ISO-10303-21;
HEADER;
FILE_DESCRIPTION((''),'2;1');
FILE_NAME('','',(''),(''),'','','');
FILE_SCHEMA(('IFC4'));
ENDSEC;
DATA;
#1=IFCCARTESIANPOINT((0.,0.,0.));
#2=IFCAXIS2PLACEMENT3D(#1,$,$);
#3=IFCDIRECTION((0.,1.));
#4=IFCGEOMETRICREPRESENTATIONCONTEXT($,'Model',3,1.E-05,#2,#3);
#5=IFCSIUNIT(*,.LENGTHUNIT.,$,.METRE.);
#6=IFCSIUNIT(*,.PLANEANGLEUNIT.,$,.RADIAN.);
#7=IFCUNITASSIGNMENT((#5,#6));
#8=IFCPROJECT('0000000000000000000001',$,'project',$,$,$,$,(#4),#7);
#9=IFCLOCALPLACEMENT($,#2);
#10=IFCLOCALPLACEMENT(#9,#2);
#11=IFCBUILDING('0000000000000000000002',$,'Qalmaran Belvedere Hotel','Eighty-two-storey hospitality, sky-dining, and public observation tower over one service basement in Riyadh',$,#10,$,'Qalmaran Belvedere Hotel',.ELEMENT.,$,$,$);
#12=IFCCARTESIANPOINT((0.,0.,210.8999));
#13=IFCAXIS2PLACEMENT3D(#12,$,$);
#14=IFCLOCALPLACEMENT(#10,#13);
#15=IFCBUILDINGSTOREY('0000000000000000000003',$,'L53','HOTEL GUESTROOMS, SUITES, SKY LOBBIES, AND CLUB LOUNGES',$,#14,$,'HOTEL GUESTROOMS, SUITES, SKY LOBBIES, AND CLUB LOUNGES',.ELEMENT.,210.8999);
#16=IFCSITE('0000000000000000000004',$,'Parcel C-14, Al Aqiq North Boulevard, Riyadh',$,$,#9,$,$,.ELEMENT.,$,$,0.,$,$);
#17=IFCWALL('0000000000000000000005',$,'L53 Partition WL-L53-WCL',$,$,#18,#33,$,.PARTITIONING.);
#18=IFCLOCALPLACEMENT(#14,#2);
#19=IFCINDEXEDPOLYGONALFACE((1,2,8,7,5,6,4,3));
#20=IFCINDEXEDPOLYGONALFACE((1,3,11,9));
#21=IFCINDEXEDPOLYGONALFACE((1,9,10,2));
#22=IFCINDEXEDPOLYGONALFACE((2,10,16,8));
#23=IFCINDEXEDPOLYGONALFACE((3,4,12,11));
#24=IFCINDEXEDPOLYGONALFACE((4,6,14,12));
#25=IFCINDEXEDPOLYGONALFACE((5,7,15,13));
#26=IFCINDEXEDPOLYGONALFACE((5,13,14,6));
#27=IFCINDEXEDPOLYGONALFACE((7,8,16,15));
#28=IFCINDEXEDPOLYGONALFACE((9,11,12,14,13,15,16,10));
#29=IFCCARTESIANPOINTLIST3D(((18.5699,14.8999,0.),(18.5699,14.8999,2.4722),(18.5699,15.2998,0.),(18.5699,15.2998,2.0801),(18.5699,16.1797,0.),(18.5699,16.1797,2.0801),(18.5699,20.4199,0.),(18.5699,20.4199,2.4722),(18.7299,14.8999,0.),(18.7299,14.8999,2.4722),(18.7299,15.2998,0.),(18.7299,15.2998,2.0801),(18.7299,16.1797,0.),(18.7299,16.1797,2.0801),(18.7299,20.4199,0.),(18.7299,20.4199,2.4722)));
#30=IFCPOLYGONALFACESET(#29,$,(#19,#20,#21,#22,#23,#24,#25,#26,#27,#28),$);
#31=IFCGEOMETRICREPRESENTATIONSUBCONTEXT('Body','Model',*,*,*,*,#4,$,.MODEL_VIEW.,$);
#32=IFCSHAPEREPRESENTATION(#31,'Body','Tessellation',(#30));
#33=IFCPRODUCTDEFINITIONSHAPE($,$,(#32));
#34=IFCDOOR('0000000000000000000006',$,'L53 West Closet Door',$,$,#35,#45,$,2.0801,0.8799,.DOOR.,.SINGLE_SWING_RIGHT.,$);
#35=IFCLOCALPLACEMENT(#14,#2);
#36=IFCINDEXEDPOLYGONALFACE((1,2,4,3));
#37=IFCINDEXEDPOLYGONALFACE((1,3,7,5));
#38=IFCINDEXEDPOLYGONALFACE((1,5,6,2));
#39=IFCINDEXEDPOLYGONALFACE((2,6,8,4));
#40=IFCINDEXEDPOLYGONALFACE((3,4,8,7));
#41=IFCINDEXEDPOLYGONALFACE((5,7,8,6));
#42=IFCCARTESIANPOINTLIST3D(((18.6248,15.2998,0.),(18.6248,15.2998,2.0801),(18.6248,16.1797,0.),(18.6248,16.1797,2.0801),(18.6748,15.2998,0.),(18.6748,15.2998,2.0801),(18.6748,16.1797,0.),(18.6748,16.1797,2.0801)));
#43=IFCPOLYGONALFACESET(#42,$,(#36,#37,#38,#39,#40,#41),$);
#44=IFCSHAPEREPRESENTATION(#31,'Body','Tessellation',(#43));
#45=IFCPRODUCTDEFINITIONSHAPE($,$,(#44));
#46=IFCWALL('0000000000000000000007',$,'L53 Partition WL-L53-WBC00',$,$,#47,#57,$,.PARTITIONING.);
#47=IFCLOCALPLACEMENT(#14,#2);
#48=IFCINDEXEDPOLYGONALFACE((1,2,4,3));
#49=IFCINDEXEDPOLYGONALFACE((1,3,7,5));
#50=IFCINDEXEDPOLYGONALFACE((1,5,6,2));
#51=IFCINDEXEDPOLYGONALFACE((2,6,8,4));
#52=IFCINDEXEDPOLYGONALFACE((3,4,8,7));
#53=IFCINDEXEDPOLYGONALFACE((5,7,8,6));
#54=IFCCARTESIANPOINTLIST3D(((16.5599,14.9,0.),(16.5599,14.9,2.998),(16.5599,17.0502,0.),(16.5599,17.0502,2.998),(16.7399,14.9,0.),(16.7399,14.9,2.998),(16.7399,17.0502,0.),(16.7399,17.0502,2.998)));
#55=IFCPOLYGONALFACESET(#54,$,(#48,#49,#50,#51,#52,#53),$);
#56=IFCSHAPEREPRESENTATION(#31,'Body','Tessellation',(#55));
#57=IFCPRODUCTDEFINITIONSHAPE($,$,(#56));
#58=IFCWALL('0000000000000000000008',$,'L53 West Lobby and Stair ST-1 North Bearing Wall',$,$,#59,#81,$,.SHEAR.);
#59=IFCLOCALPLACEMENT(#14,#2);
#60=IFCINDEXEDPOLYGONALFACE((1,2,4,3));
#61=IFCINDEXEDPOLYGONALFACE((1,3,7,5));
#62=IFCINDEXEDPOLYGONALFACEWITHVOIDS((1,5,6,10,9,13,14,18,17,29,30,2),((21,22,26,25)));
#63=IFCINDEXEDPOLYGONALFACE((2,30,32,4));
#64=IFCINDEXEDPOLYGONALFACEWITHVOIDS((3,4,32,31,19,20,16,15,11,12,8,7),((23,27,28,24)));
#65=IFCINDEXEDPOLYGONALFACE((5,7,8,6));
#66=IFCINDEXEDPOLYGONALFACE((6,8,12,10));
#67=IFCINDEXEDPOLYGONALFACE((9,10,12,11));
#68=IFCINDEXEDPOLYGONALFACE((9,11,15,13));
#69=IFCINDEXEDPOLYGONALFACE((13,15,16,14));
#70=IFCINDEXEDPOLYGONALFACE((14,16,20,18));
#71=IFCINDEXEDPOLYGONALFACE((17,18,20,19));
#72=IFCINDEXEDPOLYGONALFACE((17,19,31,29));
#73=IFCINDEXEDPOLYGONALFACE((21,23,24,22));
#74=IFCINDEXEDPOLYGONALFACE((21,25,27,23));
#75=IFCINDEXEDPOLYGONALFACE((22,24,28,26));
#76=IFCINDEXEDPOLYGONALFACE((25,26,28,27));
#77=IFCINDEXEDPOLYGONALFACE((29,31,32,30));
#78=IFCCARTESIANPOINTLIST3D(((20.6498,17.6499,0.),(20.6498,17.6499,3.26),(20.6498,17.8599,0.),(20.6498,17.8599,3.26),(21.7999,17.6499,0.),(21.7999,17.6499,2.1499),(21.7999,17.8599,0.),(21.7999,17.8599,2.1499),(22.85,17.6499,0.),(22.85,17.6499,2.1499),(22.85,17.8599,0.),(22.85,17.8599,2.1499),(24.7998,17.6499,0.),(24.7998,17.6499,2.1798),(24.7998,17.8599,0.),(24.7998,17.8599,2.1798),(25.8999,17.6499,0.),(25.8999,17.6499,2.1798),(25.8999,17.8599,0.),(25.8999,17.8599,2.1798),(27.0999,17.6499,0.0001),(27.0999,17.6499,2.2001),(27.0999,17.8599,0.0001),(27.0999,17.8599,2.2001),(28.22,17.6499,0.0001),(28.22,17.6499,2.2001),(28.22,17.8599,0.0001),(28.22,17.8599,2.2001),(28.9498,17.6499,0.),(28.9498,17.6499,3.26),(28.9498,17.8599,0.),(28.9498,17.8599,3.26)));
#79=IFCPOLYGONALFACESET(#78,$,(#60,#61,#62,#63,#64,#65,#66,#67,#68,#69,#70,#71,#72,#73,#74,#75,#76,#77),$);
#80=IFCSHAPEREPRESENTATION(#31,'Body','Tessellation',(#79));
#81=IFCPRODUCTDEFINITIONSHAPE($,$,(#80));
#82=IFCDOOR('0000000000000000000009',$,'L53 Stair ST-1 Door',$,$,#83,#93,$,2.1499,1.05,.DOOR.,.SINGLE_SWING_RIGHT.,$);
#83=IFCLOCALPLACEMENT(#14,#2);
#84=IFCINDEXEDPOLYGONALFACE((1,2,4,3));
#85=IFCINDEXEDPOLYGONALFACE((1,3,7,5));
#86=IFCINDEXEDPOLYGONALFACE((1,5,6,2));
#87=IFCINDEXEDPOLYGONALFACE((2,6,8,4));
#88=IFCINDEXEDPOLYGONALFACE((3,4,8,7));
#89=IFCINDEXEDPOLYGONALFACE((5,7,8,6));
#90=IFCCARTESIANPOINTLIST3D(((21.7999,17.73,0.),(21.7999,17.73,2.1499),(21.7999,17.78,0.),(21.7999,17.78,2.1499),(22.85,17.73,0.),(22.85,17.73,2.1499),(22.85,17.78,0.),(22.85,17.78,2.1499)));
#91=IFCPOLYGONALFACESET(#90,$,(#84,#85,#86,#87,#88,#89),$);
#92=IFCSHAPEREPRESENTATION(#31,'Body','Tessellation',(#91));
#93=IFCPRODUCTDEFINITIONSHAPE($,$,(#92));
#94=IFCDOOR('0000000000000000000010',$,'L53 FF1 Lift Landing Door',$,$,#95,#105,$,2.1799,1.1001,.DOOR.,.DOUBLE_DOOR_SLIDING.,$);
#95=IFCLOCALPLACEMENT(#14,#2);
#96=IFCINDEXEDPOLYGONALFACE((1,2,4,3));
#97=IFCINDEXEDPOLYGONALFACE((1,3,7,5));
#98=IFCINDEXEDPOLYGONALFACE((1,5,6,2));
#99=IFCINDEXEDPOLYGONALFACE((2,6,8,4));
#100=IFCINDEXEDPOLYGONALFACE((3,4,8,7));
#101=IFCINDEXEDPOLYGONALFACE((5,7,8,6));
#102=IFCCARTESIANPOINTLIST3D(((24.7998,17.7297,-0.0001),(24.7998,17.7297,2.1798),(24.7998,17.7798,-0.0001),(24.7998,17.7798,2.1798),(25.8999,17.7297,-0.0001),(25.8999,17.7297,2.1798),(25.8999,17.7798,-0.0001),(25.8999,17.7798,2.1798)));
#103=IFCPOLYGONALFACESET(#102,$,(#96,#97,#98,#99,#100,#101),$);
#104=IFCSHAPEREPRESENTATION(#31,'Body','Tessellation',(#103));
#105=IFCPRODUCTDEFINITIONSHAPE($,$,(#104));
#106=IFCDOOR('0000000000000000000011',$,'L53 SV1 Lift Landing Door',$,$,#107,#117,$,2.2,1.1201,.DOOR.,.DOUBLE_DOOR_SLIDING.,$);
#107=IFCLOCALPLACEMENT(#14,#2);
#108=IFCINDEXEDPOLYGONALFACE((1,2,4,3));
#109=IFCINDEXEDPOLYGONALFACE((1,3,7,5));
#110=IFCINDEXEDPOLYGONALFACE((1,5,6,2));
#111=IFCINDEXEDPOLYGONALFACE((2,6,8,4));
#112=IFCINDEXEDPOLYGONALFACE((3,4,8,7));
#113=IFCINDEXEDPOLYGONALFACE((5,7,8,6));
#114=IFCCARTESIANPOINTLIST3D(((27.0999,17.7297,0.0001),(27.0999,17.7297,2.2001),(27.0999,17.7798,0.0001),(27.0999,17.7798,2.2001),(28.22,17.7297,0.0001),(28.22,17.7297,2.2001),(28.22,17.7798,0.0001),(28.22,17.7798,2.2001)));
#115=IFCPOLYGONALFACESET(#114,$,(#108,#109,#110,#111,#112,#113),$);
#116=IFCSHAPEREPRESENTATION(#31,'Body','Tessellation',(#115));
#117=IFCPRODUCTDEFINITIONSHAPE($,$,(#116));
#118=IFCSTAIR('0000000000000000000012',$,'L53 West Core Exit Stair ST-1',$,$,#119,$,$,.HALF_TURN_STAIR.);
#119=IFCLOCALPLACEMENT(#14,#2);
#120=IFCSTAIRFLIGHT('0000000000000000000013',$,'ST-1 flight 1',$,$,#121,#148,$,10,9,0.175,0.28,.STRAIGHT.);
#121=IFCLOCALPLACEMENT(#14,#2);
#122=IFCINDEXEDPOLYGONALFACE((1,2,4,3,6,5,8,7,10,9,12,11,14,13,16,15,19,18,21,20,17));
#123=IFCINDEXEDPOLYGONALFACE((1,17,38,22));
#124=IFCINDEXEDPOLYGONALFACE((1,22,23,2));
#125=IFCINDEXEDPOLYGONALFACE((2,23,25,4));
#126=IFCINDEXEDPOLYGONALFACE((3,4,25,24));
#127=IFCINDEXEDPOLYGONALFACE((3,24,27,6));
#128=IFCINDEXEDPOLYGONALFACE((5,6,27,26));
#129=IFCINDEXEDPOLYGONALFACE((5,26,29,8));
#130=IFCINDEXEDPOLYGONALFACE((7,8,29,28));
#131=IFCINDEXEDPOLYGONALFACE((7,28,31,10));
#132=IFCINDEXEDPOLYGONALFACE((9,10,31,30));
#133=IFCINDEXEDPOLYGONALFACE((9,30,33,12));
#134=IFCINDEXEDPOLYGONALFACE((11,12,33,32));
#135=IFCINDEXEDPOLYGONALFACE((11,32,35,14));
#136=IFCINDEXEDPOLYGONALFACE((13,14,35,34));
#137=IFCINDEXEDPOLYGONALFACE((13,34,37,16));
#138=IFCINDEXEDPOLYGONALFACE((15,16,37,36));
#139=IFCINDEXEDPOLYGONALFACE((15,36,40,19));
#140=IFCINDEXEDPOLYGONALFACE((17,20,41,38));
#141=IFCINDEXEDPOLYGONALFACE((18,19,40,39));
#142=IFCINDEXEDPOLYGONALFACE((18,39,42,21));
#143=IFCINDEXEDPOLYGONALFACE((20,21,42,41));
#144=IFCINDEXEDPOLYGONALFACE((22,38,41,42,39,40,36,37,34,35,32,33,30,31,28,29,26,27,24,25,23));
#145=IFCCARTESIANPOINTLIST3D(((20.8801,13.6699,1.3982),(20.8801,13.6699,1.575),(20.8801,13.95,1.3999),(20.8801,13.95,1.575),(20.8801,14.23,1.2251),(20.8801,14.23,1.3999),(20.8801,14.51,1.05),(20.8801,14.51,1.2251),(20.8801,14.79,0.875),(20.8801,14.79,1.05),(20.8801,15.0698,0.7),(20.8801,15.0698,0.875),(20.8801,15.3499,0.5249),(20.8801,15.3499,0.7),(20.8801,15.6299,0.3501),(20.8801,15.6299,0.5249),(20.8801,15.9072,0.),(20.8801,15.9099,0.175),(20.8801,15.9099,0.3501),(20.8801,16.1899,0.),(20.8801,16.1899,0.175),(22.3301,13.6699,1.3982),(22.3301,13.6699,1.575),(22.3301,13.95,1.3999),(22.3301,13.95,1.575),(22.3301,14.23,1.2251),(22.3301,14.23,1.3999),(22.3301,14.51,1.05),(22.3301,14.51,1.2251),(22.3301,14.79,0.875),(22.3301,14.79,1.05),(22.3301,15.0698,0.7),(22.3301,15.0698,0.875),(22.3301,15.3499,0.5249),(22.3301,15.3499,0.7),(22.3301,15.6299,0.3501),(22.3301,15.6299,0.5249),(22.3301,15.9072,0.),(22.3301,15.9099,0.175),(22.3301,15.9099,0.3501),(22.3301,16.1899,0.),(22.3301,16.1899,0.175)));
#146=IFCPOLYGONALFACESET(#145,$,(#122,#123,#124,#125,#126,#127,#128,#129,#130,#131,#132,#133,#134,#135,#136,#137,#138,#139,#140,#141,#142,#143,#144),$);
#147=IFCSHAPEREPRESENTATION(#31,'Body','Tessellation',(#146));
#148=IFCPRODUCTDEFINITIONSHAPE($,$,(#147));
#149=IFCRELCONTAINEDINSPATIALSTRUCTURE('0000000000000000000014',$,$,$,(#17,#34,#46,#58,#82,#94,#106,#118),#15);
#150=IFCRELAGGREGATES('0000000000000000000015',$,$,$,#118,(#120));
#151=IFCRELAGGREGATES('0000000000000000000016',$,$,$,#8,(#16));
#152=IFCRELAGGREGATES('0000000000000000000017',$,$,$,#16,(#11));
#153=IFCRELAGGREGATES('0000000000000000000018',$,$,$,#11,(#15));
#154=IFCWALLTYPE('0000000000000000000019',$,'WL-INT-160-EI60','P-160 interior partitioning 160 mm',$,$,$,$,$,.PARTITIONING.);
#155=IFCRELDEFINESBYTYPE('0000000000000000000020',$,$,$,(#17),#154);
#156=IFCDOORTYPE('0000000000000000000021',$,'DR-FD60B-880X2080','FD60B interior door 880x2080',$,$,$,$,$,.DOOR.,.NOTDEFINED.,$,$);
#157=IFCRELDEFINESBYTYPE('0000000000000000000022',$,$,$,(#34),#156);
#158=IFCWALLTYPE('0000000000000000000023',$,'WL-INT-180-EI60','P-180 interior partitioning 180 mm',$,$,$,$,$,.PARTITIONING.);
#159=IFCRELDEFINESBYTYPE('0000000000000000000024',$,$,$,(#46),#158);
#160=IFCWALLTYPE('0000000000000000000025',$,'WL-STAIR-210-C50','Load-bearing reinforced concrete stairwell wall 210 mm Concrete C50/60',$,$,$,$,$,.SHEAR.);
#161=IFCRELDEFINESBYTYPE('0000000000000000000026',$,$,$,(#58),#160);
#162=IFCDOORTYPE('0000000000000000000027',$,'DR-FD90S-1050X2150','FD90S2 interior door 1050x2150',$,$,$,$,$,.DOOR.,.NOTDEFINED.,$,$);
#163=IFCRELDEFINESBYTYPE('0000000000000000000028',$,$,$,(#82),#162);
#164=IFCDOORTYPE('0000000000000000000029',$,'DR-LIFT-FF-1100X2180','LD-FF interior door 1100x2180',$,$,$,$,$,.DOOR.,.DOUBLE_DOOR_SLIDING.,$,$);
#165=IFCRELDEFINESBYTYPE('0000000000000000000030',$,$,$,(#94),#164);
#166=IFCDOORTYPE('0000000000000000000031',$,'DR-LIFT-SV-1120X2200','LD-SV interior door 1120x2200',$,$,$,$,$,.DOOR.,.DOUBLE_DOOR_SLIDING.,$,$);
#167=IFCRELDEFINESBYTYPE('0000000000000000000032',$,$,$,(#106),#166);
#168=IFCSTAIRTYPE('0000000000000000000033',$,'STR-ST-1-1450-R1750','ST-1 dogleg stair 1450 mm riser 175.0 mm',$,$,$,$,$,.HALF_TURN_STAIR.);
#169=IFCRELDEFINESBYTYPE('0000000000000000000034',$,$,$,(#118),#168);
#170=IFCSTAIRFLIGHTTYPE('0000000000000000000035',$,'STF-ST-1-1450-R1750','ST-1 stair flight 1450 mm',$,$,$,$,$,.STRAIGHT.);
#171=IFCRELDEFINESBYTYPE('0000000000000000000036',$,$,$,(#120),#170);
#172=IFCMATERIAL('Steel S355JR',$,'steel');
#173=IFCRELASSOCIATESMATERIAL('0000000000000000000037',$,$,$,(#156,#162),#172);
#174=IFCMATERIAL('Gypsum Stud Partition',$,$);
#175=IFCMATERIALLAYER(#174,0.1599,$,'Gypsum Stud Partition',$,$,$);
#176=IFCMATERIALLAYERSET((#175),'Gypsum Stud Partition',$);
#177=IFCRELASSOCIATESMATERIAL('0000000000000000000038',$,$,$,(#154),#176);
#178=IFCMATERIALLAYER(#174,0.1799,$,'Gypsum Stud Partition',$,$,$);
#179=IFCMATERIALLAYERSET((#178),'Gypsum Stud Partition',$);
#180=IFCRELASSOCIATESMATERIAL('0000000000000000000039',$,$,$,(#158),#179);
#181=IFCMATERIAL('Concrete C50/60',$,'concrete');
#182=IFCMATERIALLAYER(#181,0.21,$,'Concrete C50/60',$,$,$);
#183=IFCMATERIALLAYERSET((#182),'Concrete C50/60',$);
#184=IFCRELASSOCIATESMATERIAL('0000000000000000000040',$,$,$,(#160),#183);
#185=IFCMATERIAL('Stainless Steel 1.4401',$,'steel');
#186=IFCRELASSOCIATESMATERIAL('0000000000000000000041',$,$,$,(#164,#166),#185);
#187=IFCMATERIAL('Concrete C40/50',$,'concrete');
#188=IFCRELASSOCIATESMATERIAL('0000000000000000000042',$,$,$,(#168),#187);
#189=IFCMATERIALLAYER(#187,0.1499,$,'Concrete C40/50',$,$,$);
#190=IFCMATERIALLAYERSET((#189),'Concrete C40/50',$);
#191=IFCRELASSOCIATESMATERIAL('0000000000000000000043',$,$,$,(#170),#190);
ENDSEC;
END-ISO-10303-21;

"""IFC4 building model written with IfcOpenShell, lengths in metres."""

from ifc_helpers import new_model, si_unit, direction, frame, frame_2d, origin, place, context, subcontext, project, spatial, polyline, rectangle, outline, extrude, material, layer, layer_set, type_object, element, fill, aggregate, save


model = new_model("IFC4")

# Units and contexts
model_context = context("Model", 3, precision=1e-05, world=origin(), true_north=direction((0.0, 1.0)))
body_context = subcontext(model_context, "Body", "Model", "MODEL_VIEW")
ifc_project = project(units=[si_unit("LENGTHUNIT", "METRE"), si_unit("PLANEANGLEUNIT", "RADIAN")], contexts=[model_context])

# Site, building, storey
site_placement = place(None, origin())
site = spatial("IfcSite", under=ifc_project, at=site_placement, Name="Parcel C-14, Al Aqiq North Boulevard, Riyadh", CompositionType="ELEMENT", RefElevation=0.0)
building_placement = place(site_placement, origin())
building = spatial("IfcBuilding", under=site, at=building_placement, Name="Qalmaran Belvedere Hotel", Description="Eighty-two-storey hospitality, sky-dining, and public observation tower over one service basement in Riyadh", LongName="Qalmaran Belvedere Hotel", CompositionType="ELEMENT")
storey_placement = place(building_placement, frame((0.0, 0.0, 210.8999)))
storey = spatial("IfcBuildingStorey", under=building, at=storey_placement, Name="L53", Description="HOTEL GUESTROOMS, SUITES, SKY LOBBIES, AND CLUB LOUNGES", LongName="HOTEL GUESTROOMS, SUITES, SKY LOBBIES, AND CLUB LOUNGES", CompositionType="ELEMENT", Elevation=210.8999)

# Shared definitions
ifc_material_1 = material(Name="Gypsum Stud Partition")

# Shared definitions
ifc_material_2 = material(Name="Steel S355JR", Category="steel")
door_type_1 = type_object("IfcDoorType", Name="DR-FD60B-880X2080", Description="FD60B interior door 880x2080", OperationType="NOTDEFINED", PredefinedType="DOOR", material=ifc_material_2)

# Wall, opening, door
ifc_layer_1 = layer(ifc_material_1, 0.1599, Name="Gypsum Stud Partition")
ifc_layer_set_1 = layer_set([ifc_layer_1], Name="Gypsum Stud Partition")
wall_type_1 = type_object("IfcWallType", Name="WL-INT-160-EI60", Description="P-160 interior partitioning 160 mm", PredefinedType="PARTITIONING", material=ifc_layer_set_1)
wall_1_placement = place(storey_placement, frame((18.6499, 14.8999, 0.0), z_axis=(0.0, 0.0, 1.0), x_axis=(0.0, 1.0, 0.0)))
wall_1 = element("IfcWall", 1, at=wall_1_placement, inside=storey, type_object=wall_type_1, Name="L53 Partition WL-L53-WCL", PredefinedType="PARTITIONING", context=body_context, shape_type="SweptSolid", body=[
    extrude(rectangle(XDim=5.52, YDim=0.1599, at=frame_2d((2.76, 0.0))), origin(), (0.0, 0.0, 1.0), 2.4722),
])
opening_1_placement = place(wall_1_placement, frame((1.2798, 0.0, 0.0), z_axis=(0.0, 0.0, 1.0), x_axis=(-1.0, 0.0, 0.0)))
opening_1 = element("IfcOpeningElement", 2, at=opening_1_placement, cuts=wall_1, PredefinedType="OPENING", context=body_context, shape_type="SweptSolid", body=[
    extrude(rectangle(XDim=0.8799, YDim=2.0801, at=frame_2d((0.4399, 1.04))), frame((0.0, 0.0898, 0.0), z_axis=(0.0, -1.0, 0.0), x_axis=(1.0, 0.0, 0.0)), (0.0, 0.0, 1.0), 0.1799),
])
door_1_placement = place(opening_1_placement, origin())
door_1 = element("IfcDoor", 3, at=door_1_placement, inside=storey, type_object=door_type_1, Name="L53 West Closet Door", OperationType="SINGLE_SWING_RIGHT", OverallHeight=2.0801, OverallWidth=0.8799, PredefinedType="DOOR", context=body_context, shape_type="SweptSolid", body=[
    extrude(rectangle(XDim=0.8799, YDim=2.0801, at=frame_2d((0.4399, 1.04))), frame((0.0, 0.0249, 0.0), z_axis=(0.0, -1.0, 0.0), x_axis=(1.0, 0.0, 0.0)), (0.0, 0.0, 1.0), 0.05),
])
fill(opening_1, door_1)

# Wall
ifc_layer_2 = layer(ifc_material_1, 0.1799, Name="Gypsum Stud Partition")
ifc_layer_set_2 = layer_set([ifc_layer_2], Name="Gypsum Stud Partition")
wall_type_2 = type_object("IfcWallType", Name="WL-INT-180-EI60", Description="P-180 interior partitioning 180 mm", PredefinedType="PARTITIONING", material=ifc_layer_set_2)
wall_2_placement = place(storey_placement, frame((16.6499, 14.8999, 0.0), z_axis=(0.0, 0.0, 1.0), x_axis=(0.0, 1.0, 0.0)))
element("IfcWall", 4, at=wall_2_placement, inside=storey, type_object=wall_type_2, Name="L53 Partition WL-L53-WBC00", PredefinedType="PARTITIONING", context=body_context, shape_type="SweptSolid", body=[
    extrude(rectangle(XDim=2.1501, YDim=0.1799, at=frame_2d((1.0752, 0.0))), origin(), (0.0, 0.0, 1.0), 2.998),
])

# Wall, openings, doors
ifc_material_3 = material(Name="Concrete C50/60", Category="concrete")
ifc_layer_3 = layer(ifc_material_3, 0.21, Name="Concrete C50/60")
ifc_layer_set_3 = layer_set([ifc_layer_3], Name="Concrete C50/60")
wall_type_3 = type_object("IfcWallType", Name="WL-STAIR-210-C50", Description="Load-bearing reinforced concrete stairwell wall 210 mm Concrete C50/60", PredefinedType="SHEAR", material=ifc_layer_set_3)
wall_3_placement = place(storey_placement, frame((20.6499, 17.7549, 0.0), z_axis=(0.0, 0.0, 1.0), x_axis=(1.0, 0.0, 0.0)))
wall_3 = element("IfcWall", 5, at=wall_3_placement, inside=storey, type_object=wall_type_3, Name="L53 West Lobby and Stair ST-1 North Bearing Wall", PredefinedType="SHEAR", context=body_context, shape_type="SweptSolid", body=[
    extrude(rectangle(XDim=8.3, YDim=0.21, at=frame_2d((4.1499, 0.0))), origin(), (0.0, 0.0, 1.0), 3.26),
])
opening_2_placement = place(wall_3_placement, frame((2.2, 0.0, 0.0), z_axis=(0.0, 0.0, 1.0), x_axis=(-1.0, 0.0, 0.0)))
opening_2 = element("IfcOpeningElement", 6, at=opening_2_placement, cuts=wall_3, PredefinedType="OPENING", context=body_context, shape_type="SweptSolid", body=[
    extrude(rectangle(XDim=1.05, YDim=2.1499, at=frame_2d((0.5249, 1.075))), frame((0.0, 0.115, 0.0), z_axis=(0.0, -1.0, 0.0), x_axis=(1.0, 0.0, 0.0)), (0.0, 0.0, 1.0), 0.23),
])
opening_3_placement = place(wall_3_placement, frame((4.1499, 0.0, 0.0)))
opening_3 = element("IfcOpeningElement", 7, at=opening_3_placement, cuts=wall_3, PredefinedType="OPENING", context=body_context, shape_type="SweptSolid", body=[
    extrude(rectangle(XDim=1.1001, YDim=2.1799, at=frame_2d((0.55, 1.0898))), frame((0.0, 0.115, 0.0), z_axis=(0.0, -1.0, 0.0), x_axis=(1.0, 0.0, 0.0)), (0.0, 0.0, 1.0), 0.23),
])
opening_4_placement = place(wall_3_placement, frame((6.45, 0.0, 0.0)))
opening_4 = element("IfcOpeningElement", 8, at=opening_4_placement, cuts=wall_3, PredefinedType="OPENING", context=body_context, shape_type="SweptSolid", body=[
    extrude(rectangle(XDim=1.1201, YDim=2.2, at=frame_2d((0.5601, 1.1001))), frame((0.0, 0.115, 0.0), z_axis=(0.0, -1.0, 0.0), x_axis=(1.0, 0.0, 0.0)), (0.0, 0.0, 1.0), 0.23),
])
door_type_2 = type_object("IfcDoorType", Name="DR-FD90S-1050X2150", Description="FD90S2 interior door 1050x2150", OperationType="NOTDEFINED", PredefinedType="DOOR", material=ifc_material_2)
door_2_placement = place(opening_2_placement, origin())
door_2 = element("IfcDoor", 9, at=door_2_placement, inside=storey, type_object=door_type_2, Name="L53 Stair ST-1 Door", OperationType="SINGLE_SWING_RIGHT", OverallHeight=2.1499, OverallWidth=1.05, PredefinedType="DOOR", context=body_context, shape_type="SweptSolid", body=[
    extrude(rectangle(XDim=1.05, YDim=2.1499, at=frame_2d((0.5249, 1.075))), frame((0.0, 0.0249, 0.0), z_axis=(0.0, -1.0, 0.0), x_axis=(1.0, 0.0, 0.0)), (0.0, 0.0, 1.0), 0.05),
])
fill(opening_2, door_2)
ifc_material_4 = material(Name="Stainless Steel 1.4401", Category="steel")
door_type_3 = type_object("IfcDoorType", Name="DR-LIFT-FF-1100X2180", Description="LD-FF interior door 1100x2180", OperationType="DOUBLE_DOOR_SLIDING", PredefinedType="DOOR", material=ifc_material_4)
door_3_placement = place(opening_3_placement, origin())
door_3 = element("IfcDoor", 10, at=door_3_placement, inside=storey, type_object=door_type_3, Name="L53 FF1 Lift Landing Door", OperationType="DOUBLE_DOOR_SLIDING", OverallHeight=2.1799, OverallWidth=1.1001, PredefinedType="DOOR", context=body_context, shape_type="SweptSolid", body=[
    extrude(rectangle(XDim=1.1001, YDim=2.1799, at=frame_2d((0.55, 1.0898))), frame((0.0, 0.0249, 0.0), z_axis=(0.0, -1.0, 0.0), x_axis=(1.0, 0.0, 0.0)), (0.0, 0.0, 1.0), 0.05),
])
fill(opening_3, door_3)
door_type_4 = type_object("IfcDoorType", Name="DR-LIFT-SV-1120X2200", Description="LD-SV interior door 1120x2200", OperationType="DOUBLE_DOOR_SLIDING", PredefinedType="DOOR", material=ifc_material_4)
door_4_placement = place(opening_4_placement, origin())
door_4 = element("IfcDoor", 11, at=door_4_placement, inside=storey, type_object=door_type_4, Name="L53 SV1 Lift Landing Door", OperationType="DOUBLE_DOOR_SLIDING", OverallHeight=2.2, OverallWidth=1.1201, PredefinedType="DOOR", context=body_context, shape_type="SweptSolid", body=[
    extrude(rectangle(XDim=1.1201, YDim=2.2, at=frame_2d((0.5601, 1.1001))), frame((0.0, 0.0249, 0.0), z_axis=(0.0, -1.0, 0.0), x_axis=(1.0, 0.0, 0.0)), (0.0, 0.0, 1.0), 0.05),
])
fill(opening_4, door_4)

# Stair, stair flight
ifc_material_5 = material(Name="Concrete C40/50", Category="concrete")
stair_type = type_object("IfcStairType", Name="STR-ST-1-1450-R1750", Description="ST-1 dogleg stair 1450 mm riser 175.0 mm", PredefinedType="HALF_TURN_STAIR", material=ifc_material_5)
stair_placement = place(storey_placement, origin())
stair = element("IfcStair", 12, at=stair_placement, inside=storey, type_object=stair_type, Name="L53 West Core Exit Stair ST-1", PredefinedType="HALF_TURN_STAIR")
ifc_layer_4 = layer(ifc_material_5, 0.1499, Name="Concrete C40/50")
ifc_layer_set_4 = layer_set([ifc_layer_4], Name="Concrete C40/50")
stair_flight_type = type_object("IfcStairFlightType", Name="STF-ST-1-1450-R1750", Description="ST-1 stair flight 1450 mm", PredefinedType="STRAIGHT", material=ifc_layer_set_4)
stair_flight_1_placement = place(storey_placement, frame((21.605, 16.1899, 0.0), z_axis=(0.0, 0.0, 1.0), x_axis=(0.0, -1.0, 0.0)))
stair_flight_1 = element("IfcStairFlight", 13, at=stair_flight_1_placement, type_object=stair_flight_type, Name="ST-1 flight 1", NumberOfRisers=10, NumberOfTreads=9, PredefinedType="STRAIGHT", RiserHeight=0.175, TreadLength=0.28, context=body_context, shape_type="SweptSolid", body=[
    extrude(outline(polyline([(0.0, 0.0), (0.0, 0.175), (0.28, 0.175), (0.28, 0.3501), (0.5601, 0.3501), (0.5601, 0.5249), (0.8401, 0.5249), (0.8401, 0.7), (1.1201, 0.7), (1.1201, 0.875), (1.3999, 0.875), (1.3999, 1.05), (1.6799, 1.05), (1.6799, 1.2251), (1.96, 1.2251), (1.96, 1.3999), (2.24, 1.3999), (2.24, 1.575), (2.52, 1.575), (2.52, 1.75), (2.52, 1.3982), (0.2827, 0.0), (0.0, 0.0)])), frame((0.0, 0.7251, 0.0), z_axis=(0.0, -1.0, 0.0), x_axis=(1.0, 0.0, 0.0)), (0.0, 0.0, 1.0), 1.45),
])
aggregate(stair, [stair_flight_1])

save(model, "model.ifc")
